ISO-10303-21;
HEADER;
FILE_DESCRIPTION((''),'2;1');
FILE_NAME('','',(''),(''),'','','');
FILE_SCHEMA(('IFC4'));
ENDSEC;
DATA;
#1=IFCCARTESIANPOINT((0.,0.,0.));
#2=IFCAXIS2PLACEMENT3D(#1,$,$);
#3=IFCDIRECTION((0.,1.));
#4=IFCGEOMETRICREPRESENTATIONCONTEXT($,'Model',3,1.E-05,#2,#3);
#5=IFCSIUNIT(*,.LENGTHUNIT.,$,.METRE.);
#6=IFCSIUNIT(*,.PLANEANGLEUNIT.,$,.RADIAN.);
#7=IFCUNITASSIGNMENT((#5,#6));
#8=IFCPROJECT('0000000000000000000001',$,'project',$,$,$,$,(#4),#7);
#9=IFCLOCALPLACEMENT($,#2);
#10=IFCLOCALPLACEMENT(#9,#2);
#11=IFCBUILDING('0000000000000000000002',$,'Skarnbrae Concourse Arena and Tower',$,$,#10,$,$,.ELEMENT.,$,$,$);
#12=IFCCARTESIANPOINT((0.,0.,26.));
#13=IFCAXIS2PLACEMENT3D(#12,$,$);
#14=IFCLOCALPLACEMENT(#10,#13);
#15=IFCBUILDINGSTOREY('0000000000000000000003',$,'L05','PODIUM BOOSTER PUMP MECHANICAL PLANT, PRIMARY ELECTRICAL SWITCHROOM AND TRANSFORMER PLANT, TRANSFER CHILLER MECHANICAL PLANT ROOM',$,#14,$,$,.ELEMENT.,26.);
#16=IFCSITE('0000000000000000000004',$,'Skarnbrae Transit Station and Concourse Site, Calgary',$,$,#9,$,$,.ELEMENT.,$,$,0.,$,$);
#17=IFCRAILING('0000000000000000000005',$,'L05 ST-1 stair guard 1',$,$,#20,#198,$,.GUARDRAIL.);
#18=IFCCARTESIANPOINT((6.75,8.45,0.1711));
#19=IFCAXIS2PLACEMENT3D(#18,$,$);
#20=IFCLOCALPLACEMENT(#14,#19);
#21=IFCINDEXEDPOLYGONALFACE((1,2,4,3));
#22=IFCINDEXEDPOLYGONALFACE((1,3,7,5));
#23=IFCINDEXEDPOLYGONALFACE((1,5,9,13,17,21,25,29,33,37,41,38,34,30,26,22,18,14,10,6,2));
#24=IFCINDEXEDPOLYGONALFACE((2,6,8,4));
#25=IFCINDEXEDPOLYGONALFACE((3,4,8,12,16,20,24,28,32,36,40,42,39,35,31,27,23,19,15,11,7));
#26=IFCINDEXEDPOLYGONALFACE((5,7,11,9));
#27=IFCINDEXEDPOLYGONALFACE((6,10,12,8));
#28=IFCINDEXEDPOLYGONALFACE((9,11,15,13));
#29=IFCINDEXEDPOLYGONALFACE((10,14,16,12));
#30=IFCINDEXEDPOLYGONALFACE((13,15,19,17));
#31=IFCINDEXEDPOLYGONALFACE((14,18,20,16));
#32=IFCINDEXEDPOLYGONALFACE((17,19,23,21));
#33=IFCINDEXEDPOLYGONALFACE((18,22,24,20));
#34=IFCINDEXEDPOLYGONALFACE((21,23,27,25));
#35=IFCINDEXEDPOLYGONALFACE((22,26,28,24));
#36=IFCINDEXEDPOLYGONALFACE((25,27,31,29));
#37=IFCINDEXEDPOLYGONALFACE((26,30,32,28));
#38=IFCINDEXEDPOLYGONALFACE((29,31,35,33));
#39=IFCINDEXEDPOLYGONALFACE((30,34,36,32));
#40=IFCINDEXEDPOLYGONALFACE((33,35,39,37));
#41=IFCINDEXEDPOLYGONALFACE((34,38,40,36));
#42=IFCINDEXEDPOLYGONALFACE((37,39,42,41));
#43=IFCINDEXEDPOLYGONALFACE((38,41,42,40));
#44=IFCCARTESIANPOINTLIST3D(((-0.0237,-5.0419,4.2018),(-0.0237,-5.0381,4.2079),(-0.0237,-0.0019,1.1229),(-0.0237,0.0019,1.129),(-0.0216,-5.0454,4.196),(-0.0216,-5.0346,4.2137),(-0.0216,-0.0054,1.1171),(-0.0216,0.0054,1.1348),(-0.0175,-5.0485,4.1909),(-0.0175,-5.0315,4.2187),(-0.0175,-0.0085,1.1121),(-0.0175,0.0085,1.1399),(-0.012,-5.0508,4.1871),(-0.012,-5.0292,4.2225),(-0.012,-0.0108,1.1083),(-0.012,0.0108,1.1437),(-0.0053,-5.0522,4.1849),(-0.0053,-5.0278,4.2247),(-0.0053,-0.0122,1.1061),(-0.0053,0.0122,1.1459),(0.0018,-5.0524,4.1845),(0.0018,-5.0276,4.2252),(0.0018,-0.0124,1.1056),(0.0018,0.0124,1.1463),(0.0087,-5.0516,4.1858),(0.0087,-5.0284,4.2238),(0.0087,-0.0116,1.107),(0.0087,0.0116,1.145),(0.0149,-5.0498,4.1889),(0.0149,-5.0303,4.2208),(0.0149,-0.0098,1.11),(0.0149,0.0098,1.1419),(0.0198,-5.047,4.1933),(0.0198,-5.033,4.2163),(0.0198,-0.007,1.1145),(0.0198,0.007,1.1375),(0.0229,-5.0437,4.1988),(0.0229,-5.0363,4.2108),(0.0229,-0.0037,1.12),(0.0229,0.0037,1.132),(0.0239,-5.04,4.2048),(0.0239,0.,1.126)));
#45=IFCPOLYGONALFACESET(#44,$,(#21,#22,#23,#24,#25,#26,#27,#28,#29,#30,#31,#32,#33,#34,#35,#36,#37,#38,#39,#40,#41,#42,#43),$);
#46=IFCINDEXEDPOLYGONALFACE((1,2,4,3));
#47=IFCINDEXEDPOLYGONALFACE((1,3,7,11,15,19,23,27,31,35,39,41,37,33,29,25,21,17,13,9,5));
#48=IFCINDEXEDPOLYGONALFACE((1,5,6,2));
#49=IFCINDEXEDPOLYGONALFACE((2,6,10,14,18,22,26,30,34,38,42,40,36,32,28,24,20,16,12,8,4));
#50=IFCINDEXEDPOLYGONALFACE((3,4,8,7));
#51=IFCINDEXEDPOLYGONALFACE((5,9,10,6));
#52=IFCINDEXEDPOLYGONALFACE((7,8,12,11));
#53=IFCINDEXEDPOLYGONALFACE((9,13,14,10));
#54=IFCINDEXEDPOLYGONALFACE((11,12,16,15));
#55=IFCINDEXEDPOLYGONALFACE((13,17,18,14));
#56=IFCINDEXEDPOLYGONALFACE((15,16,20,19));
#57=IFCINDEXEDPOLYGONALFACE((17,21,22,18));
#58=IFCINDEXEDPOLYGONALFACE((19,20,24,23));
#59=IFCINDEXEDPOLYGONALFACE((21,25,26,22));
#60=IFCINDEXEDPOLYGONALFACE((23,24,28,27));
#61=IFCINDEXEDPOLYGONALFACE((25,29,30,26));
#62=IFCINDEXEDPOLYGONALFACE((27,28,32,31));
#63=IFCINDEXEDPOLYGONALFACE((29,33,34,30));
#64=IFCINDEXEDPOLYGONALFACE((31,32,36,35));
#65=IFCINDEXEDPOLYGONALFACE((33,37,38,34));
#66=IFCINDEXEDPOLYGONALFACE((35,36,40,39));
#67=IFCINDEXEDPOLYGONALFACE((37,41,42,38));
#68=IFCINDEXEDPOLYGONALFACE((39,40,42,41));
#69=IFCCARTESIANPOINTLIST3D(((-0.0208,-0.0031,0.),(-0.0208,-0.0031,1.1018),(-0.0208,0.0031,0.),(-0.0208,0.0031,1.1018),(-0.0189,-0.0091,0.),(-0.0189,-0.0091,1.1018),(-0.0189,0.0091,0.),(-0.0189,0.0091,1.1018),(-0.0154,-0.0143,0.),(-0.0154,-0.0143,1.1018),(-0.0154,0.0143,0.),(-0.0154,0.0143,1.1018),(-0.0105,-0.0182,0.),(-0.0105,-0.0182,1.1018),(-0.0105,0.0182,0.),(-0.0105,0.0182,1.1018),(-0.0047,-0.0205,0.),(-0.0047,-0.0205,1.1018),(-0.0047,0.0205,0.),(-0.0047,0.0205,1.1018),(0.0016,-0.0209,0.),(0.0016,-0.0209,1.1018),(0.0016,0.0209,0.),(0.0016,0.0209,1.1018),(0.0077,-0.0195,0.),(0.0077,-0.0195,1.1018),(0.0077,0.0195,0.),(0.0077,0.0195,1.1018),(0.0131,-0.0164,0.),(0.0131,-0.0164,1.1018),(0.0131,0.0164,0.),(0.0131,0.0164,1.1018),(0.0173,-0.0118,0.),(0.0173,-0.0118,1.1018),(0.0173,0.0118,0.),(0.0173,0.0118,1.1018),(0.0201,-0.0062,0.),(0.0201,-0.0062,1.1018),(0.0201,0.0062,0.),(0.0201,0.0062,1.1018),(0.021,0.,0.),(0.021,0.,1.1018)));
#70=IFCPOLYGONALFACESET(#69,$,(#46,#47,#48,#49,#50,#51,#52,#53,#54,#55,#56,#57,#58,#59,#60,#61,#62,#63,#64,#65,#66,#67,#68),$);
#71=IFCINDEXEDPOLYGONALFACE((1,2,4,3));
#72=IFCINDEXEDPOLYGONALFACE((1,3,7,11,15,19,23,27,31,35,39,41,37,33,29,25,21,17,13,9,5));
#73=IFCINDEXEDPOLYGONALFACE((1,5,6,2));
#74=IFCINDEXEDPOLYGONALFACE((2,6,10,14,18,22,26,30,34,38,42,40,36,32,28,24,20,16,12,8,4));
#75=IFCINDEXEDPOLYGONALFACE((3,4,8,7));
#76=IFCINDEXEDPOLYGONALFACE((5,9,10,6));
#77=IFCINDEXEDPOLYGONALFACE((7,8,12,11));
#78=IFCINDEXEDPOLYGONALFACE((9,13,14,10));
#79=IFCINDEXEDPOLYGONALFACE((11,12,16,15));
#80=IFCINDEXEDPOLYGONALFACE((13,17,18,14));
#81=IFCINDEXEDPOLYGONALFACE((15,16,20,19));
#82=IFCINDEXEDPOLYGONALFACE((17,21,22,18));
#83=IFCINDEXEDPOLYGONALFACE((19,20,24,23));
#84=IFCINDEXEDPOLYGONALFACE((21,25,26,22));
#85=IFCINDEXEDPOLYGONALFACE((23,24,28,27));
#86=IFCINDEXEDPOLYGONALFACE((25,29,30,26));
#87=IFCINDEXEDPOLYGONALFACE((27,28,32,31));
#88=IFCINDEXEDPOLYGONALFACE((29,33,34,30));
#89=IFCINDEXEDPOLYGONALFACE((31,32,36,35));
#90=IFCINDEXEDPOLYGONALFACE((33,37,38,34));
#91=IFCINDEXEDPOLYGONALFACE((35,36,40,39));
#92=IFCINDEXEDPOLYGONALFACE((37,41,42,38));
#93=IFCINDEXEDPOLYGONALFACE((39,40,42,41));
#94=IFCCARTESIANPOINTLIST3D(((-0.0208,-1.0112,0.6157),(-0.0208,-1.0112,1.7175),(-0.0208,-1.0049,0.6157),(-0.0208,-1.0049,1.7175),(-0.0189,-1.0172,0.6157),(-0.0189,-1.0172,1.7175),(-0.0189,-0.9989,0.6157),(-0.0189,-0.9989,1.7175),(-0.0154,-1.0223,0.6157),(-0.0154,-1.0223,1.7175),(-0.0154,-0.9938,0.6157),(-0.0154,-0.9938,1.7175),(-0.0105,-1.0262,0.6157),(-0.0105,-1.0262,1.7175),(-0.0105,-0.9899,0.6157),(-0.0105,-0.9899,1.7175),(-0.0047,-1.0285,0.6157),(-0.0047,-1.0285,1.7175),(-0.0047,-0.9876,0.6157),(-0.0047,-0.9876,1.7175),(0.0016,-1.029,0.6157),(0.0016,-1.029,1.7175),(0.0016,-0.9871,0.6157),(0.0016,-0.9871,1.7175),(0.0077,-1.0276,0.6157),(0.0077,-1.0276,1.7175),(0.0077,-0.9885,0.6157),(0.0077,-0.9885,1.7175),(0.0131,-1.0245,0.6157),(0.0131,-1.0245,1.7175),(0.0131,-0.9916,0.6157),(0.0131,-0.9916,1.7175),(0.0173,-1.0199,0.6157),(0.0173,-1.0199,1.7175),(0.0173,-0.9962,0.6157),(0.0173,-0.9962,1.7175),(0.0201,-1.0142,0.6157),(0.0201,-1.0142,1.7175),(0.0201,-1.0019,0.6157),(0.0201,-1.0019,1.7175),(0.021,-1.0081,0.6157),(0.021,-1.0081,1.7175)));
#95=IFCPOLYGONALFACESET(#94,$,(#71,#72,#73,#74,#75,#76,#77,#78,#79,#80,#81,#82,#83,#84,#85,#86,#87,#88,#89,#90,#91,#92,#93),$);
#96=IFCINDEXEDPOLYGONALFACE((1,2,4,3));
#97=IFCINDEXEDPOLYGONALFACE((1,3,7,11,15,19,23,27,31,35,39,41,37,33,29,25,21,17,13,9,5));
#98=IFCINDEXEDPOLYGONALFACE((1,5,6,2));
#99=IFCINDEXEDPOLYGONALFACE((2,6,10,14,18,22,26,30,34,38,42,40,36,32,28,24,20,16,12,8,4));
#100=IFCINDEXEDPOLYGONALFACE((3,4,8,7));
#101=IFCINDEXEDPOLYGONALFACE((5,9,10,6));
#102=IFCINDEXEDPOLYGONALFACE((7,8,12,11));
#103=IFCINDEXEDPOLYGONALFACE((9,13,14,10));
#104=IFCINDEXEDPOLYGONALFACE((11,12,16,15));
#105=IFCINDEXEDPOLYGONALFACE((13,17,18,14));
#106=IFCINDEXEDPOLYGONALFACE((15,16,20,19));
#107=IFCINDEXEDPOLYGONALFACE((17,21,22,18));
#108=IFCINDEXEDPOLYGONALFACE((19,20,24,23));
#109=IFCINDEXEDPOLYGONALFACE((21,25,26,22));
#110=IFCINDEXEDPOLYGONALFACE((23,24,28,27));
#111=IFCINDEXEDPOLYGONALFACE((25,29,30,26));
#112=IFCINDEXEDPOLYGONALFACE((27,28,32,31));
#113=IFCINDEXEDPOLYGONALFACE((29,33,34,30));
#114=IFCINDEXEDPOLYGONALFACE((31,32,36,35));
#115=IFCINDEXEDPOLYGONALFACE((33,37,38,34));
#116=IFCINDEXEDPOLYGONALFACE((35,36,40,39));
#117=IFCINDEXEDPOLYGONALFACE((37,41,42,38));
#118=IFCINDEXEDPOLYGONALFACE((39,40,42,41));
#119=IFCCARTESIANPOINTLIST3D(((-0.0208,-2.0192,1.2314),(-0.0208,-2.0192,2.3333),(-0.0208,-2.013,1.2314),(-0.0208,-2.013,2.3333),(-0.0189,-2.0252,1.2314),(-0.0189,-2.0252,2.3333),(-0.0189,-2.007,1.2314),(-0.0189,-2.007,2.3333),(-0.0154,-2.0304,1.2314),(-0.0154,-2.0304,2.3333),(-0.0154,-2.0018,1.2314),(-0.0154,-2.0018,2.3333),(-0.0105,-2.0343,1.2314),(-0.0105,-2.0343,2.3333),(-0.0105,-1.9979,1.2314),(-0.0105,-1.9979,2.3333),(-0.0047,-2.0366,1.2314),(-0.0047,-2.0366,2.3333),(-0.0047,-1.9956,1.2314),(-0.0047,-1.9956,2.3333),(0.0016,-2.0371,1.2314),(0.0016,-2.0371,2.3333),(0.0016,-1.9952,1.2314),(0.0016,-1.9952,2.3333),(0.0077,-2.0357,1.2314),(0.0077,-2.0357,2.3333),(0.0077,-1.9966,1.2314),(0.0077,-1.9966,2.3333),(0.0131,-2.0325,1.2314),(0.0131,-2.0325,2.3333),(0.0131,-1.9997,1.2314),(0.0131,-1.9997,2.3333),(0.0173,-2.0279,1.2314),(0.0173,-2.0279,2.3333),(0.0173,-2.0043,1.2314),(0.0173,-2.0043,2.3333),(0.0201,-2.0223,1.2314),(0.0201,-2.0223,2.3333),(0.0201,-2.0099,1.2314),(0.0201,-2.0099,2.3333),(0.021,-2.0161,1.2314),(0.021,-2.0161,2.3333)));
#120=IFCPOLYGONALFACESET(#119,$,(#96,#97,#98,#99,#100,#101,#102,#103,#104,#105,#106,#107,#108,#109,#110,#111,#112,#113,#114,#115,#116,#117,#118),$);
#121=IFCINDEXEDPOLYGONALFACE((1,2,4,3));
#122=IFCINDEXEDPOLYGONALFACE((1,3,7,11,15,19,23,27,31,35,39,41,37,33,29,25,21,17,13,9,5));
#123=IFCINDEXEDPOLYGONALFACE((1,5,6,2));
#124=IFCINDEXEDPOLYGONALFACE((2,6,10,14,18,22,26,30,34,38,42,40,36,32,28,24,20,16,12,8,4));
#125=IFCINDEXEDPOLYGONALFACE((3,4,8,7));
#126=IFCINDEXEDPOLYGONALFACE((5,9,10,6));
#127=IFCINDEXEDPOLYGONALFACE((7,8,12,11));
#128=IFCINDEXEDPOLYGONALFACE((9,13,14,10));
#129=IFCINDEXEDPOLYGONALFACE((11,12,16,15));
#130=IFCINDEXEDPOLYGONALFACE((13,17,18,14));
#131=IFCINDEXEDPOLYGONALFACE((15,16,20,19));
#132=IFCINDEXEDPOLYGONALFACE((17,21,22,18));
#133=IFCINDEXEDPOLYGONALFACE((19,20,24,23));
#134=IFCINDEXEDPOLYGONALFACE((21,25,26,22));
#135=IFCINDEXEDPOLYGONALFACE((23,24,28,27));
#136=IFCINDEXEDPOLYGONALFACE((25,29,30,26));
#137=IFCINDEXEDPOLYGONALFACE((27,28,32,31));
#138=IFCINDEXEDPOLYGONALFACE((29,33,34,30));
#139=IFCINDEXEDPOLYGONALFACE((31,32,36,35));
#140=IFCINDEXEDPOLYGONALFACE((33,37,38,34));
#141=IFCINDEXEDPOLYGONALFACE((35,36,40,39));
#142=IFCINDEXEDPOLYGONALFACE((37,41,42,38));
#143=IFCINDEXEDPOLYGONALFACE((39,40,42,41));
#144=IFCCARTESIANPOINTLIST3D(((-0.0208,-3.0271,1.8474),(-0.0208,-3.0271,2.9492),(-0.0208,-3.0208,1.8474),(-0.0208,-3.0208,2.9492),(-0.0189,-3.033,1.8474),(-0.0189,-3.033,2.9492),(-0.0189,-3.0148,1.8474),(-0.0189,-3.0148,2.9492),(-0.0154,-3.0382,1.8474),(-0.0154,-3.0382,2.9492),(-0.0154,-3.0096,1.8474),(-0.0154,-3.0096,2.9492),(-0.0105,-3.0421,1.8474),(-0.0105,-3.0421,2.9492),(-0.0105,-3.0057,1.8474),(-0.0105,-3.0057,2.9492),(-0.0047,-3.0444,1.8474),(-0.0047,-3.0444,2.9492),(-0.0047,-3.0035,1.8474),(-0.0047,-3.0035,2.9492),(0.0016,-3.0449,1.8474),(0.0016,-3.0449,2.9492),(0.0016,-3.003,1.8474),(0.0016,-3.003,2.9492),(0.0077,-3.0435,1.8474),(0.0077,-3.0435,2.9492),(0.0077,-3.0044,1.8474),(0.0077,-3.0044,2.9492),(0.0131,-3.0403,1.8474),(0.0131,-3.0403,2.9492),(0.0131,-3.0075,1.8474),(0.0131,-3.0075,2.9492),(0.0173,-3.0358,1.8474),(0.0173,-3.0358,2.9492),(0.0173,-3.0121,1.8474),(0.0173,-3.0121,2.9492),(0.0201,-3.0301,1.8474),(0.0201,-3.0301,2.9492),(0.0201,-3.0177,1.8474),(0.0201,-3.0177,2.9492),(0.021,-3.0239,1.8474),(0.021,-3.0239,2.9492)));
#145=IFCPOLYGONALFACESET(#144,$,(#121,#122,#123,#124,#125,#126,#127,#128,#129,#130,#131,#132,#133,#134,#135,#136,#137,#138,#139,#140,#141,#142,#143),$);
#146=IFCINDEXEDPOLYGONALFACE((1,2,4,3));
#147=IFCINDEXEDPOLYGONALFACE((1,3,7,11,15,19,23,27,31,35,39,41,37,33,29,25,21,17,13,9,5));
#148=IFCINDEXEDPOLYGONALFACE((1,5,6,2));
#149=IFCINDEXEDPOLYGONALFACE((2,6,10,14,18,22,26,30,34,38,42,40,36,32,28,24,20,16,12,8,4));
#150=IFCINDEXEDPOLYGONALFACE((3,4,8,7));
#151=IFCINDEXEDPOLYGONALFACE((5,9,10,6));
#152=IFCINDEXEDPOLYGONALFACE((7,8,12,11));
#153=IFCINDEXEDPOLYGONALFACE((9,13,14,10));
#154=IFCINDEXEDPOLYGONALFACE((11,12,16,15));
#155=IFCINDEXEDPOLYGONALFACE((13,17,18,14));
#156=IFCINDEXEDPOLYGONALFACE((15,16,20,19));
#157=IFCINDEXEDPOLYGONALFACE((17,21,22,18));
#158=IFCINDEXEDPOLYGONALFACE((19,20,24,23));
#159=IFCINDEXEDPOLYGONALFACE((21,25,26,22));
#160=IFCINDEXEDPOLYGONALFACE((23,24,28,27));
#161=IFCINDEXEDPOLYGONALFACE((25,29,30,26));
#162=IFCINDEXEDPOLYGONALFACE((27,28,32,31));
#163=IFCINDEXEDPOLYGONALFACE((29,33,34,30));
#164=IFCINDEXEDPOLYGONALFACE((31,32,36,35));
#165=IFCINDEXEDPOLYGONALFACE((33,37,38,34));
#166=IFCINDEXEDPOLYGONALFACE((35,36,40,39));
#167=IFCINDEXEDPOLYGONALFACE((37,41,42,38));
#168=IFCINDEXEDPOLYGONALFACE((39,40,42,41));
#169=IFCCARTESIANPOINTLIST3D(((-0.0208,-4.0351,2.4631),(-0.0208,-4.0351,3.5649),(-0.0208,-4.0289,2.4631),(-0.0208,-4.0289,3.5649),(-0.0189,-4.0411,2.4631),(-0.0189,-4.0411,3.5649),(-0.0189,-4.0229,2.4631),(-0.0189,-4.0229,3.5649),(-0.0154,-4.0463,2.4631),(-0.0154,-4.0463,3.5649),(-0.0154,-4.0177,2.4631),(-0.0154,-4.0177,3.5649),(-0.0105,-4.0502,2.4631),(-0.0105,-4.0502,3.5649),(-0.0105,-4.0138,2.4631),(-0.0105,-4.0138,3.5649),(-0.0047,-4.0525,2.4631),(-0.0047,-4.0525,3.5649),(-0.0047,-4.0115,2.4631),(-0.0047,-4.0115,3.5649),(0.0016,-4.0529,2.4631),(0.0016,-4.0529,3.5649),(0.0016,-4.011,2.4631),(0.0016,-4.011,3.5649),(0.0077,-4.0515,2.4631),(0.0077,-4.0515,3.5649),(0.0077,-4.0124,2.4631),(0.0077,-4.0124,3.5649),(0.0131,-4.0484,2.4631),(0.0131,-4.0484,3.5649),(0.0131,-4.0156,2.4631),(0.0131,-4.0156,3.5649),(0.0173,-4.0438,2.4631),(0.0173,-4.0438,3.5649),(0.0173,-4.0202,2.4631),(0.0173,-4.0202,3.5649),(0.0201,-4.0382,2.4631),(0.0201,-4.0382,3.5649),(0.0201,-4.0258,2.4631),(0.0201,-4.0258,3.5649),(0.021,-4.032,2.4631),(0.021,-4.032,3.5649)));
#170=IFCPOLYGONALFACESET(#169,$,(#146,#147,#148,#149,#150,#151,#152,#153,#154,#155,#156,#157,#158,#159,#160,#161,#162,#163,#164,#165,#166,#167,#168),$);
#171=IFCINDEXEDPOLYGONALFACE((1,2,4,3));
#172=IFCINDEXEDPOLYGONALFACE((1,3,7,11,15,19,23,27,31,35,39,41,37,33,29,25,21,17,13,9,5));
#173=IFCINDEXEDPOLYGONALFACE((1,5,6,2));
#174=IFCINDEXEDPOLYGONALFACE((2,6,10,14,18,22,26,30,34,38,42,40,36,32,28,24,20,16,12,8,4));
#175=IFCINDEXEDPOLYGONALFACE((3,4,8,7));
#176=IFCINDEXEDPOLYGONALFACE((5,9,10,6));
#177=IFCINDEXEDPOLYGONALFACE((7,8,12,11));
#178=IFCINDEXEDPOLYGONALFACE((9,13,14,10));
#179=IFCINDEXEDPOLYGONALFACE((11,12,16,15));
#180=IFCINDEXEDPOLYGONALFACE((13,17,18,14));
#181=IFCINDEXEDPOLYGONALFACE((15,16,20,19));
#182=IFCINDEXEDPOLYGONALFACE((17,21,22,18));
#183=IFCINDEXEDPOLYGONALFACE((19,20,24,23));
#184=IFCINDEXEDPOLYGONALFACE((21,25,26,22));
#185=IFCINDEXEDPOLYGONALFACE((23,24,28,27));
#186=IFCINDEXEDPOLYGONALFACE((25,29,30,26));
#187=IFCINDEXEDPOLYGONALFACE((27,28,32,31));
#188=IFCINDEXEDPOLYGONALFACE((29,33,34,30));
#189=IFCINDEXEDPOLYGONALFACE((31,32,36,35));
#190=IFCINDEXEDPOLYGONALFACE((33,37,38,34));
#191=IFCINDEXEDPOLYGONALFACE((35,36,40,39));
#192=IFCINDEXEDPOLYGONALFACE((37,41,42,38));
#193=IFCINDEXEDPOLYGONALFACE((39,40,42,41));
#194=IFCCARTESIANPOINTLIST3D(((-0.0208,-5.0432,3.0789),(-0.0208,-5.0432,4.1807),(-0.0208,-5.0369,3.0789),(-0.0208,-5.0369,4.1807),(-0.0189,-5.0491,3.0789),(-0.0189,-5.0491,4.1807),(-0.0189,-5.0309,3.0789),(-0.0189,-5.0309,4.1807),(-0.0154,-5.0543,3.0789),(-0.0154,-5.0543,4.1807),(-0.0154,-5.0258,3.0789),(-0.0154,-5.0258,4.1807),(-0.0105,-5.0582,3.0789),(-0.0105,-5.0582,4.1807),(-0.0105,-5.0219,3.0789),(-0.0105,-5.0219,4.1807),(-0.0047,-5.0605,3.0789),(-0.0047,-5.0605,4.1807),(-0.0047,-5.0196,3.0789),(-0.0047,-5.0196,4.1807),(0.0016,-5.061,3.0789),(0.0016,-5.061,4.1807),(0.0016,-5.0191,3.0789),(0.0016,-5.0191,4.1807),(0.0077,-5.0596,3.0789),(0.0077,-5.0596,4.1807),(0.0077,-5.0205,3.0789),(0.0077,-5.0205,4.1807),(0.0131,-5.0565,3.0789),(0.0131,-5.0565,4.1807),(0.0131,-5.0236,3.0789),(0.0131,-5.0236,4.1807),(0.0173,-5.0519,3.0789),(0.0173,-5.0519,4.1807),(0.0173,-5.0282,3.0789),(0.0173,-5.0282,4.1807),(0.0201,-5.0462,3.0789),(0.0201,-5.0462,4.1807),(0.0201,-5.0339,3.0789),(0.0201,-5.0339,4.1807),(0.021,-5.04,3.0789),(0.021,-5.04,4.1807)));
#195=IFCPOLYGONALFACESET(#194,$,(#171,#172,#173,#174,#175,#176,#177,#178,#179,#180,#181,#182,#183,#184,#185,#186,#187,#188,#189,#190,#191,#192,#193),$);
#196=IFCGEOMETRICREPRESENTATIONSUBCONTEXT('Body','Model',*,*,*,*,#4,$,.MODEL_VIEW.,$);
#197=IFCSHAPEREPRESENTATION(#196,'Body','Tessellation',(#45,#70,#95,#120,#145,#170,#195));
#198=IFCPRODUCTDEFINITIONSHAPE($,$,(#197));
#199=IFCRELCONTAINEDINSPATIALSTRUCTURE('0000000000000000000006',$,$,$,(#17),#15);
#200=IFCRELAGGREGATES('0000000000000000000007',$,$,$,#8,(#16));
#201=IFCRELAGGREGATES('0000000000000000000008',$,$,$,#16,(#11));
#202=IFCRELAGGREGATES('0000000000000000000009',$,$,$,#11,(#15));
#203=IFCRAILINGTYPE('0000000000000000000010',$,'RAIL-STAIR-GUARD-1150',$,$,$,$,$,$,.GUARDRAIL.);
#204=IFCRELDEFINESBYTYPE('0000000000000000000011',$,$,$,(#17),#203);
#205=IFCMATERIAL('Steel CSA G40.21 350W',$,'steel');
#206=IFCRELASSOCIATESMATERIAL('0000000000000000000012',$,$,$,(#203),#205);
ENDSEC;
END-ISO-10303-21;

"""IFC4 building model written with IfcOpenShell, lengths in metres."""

from ifc_helpers import new_model, si_unit, direction, frame, origin, origin_2d, place, context, subcontext, project, spatial, circle, extrude, material, type_object, element, save


model = new_model("IFC4")

# Units and contexts
model_context = context("Model", 3, precision=1e-05, world=origin(), true_north=direction((0.0, 1.0)))
body_context = subcontext(model_context, "Body", "Model", "MODEL_VIEW")
ifc_project = project(units=[si_unit("LENGTHUNIT", "METRE"), si_unit("PLANEANGLEUNIT", "RADIAN")], contexts=[model_context])

# Site, building, storey
site_placement = place(None, origin())
site = spatial("IfcSite", under=ifc_project, at=site_placement, Name="Skarnbrae Transit Station and Concourse Site, Calgary", CompositionType="ELEMENT", RefElevation=0.0)
building_placement = place(site_placement, origin())
building = spatial("IfcBuilding", under=site, at=building_placement, Name="Skarnbrae Concourse Arena and Tower", CompositionType="ELEMENT")
storey_placement = place(building_placement, frame((0.0, 0.0, 26.0)))
storey = spatial("IfcBuildingStorey", under=building, at=storey_placement, Name="L05", Description="PODIUM BOOSTER PUMP MECHANICAL PLANT, PRIMARY ELECTRICAL SWITCHROOM AND TRANSFORMER PLANT, TRANSFER CHILLER MECHANICAL PLANT ROOM", CompositionType="ELEMENT", Elevation=26.0)

# Shared definitions
ifc_material_1 = material(Name="Steel CSA G40.21 350W", Category="steel")

# Railing
railing_type_1 = type_object("IfcRailingType", Name="RAIL-STAIR-GUARD-1150", PredefinedType="GUARDRAIL", material=ifc_material_1)
railing_1_placement = place(storey_placement, frame((6.75, 8.45, 0.1711)))
element("IfcRailing", 1, at=railing_1_placement, inside=storey, type_object=railing_type_1, Name="L05 ST-1 stair guard 1", PredefinedType="GUARDRAIL", context=body_context, shape_type="SweptSolid", body=[
    extrude(circle(Radius=0.0239, at=origin_2d()), frame((0.0, 0.0, 1.126), z_axis=(0.0, -0.85337, 0.521306), x_axis=(1.0, 0.0, 0.0)), (0.0, 0.0, 1.0), 5.906),
    extrude(circle(Radius=0.021, at=origin_2d()), origin(), (0.0, 0.0, 1.0), 1.1018),
    extrude(circle(Radius=0.021, at=origin_2d()), frame((0.0, -1.0081, 0.6157)), (0.0, 0.0, 1.0), 1.1018),
    extrude(circle(Radius=0.021, at=origin_2d()), frame((0.0, -2.0161, 1.2314)), (0.0, 0.0, 1.0), 1.1018),
    extrude(circle(Radius=0.021, at=origin_2d()), frame((0.0, -3.0239, 1.8474)), (0.0, 0.0, 1.0), 1.1018),
    extrude(circle(Radius=0.021, at=origin_2d()), frame((0.0, -4.032, 2.4631)), (0.0, 0.0, 1.0), 1.1018),
    extrude(circle(Radius=0.021, at=origin_2d()), frame((0.0, -5.04, 3.0789)), (0.0, 0.0, 1.0), 1.1018),
])

save(model, "model.ifc")
